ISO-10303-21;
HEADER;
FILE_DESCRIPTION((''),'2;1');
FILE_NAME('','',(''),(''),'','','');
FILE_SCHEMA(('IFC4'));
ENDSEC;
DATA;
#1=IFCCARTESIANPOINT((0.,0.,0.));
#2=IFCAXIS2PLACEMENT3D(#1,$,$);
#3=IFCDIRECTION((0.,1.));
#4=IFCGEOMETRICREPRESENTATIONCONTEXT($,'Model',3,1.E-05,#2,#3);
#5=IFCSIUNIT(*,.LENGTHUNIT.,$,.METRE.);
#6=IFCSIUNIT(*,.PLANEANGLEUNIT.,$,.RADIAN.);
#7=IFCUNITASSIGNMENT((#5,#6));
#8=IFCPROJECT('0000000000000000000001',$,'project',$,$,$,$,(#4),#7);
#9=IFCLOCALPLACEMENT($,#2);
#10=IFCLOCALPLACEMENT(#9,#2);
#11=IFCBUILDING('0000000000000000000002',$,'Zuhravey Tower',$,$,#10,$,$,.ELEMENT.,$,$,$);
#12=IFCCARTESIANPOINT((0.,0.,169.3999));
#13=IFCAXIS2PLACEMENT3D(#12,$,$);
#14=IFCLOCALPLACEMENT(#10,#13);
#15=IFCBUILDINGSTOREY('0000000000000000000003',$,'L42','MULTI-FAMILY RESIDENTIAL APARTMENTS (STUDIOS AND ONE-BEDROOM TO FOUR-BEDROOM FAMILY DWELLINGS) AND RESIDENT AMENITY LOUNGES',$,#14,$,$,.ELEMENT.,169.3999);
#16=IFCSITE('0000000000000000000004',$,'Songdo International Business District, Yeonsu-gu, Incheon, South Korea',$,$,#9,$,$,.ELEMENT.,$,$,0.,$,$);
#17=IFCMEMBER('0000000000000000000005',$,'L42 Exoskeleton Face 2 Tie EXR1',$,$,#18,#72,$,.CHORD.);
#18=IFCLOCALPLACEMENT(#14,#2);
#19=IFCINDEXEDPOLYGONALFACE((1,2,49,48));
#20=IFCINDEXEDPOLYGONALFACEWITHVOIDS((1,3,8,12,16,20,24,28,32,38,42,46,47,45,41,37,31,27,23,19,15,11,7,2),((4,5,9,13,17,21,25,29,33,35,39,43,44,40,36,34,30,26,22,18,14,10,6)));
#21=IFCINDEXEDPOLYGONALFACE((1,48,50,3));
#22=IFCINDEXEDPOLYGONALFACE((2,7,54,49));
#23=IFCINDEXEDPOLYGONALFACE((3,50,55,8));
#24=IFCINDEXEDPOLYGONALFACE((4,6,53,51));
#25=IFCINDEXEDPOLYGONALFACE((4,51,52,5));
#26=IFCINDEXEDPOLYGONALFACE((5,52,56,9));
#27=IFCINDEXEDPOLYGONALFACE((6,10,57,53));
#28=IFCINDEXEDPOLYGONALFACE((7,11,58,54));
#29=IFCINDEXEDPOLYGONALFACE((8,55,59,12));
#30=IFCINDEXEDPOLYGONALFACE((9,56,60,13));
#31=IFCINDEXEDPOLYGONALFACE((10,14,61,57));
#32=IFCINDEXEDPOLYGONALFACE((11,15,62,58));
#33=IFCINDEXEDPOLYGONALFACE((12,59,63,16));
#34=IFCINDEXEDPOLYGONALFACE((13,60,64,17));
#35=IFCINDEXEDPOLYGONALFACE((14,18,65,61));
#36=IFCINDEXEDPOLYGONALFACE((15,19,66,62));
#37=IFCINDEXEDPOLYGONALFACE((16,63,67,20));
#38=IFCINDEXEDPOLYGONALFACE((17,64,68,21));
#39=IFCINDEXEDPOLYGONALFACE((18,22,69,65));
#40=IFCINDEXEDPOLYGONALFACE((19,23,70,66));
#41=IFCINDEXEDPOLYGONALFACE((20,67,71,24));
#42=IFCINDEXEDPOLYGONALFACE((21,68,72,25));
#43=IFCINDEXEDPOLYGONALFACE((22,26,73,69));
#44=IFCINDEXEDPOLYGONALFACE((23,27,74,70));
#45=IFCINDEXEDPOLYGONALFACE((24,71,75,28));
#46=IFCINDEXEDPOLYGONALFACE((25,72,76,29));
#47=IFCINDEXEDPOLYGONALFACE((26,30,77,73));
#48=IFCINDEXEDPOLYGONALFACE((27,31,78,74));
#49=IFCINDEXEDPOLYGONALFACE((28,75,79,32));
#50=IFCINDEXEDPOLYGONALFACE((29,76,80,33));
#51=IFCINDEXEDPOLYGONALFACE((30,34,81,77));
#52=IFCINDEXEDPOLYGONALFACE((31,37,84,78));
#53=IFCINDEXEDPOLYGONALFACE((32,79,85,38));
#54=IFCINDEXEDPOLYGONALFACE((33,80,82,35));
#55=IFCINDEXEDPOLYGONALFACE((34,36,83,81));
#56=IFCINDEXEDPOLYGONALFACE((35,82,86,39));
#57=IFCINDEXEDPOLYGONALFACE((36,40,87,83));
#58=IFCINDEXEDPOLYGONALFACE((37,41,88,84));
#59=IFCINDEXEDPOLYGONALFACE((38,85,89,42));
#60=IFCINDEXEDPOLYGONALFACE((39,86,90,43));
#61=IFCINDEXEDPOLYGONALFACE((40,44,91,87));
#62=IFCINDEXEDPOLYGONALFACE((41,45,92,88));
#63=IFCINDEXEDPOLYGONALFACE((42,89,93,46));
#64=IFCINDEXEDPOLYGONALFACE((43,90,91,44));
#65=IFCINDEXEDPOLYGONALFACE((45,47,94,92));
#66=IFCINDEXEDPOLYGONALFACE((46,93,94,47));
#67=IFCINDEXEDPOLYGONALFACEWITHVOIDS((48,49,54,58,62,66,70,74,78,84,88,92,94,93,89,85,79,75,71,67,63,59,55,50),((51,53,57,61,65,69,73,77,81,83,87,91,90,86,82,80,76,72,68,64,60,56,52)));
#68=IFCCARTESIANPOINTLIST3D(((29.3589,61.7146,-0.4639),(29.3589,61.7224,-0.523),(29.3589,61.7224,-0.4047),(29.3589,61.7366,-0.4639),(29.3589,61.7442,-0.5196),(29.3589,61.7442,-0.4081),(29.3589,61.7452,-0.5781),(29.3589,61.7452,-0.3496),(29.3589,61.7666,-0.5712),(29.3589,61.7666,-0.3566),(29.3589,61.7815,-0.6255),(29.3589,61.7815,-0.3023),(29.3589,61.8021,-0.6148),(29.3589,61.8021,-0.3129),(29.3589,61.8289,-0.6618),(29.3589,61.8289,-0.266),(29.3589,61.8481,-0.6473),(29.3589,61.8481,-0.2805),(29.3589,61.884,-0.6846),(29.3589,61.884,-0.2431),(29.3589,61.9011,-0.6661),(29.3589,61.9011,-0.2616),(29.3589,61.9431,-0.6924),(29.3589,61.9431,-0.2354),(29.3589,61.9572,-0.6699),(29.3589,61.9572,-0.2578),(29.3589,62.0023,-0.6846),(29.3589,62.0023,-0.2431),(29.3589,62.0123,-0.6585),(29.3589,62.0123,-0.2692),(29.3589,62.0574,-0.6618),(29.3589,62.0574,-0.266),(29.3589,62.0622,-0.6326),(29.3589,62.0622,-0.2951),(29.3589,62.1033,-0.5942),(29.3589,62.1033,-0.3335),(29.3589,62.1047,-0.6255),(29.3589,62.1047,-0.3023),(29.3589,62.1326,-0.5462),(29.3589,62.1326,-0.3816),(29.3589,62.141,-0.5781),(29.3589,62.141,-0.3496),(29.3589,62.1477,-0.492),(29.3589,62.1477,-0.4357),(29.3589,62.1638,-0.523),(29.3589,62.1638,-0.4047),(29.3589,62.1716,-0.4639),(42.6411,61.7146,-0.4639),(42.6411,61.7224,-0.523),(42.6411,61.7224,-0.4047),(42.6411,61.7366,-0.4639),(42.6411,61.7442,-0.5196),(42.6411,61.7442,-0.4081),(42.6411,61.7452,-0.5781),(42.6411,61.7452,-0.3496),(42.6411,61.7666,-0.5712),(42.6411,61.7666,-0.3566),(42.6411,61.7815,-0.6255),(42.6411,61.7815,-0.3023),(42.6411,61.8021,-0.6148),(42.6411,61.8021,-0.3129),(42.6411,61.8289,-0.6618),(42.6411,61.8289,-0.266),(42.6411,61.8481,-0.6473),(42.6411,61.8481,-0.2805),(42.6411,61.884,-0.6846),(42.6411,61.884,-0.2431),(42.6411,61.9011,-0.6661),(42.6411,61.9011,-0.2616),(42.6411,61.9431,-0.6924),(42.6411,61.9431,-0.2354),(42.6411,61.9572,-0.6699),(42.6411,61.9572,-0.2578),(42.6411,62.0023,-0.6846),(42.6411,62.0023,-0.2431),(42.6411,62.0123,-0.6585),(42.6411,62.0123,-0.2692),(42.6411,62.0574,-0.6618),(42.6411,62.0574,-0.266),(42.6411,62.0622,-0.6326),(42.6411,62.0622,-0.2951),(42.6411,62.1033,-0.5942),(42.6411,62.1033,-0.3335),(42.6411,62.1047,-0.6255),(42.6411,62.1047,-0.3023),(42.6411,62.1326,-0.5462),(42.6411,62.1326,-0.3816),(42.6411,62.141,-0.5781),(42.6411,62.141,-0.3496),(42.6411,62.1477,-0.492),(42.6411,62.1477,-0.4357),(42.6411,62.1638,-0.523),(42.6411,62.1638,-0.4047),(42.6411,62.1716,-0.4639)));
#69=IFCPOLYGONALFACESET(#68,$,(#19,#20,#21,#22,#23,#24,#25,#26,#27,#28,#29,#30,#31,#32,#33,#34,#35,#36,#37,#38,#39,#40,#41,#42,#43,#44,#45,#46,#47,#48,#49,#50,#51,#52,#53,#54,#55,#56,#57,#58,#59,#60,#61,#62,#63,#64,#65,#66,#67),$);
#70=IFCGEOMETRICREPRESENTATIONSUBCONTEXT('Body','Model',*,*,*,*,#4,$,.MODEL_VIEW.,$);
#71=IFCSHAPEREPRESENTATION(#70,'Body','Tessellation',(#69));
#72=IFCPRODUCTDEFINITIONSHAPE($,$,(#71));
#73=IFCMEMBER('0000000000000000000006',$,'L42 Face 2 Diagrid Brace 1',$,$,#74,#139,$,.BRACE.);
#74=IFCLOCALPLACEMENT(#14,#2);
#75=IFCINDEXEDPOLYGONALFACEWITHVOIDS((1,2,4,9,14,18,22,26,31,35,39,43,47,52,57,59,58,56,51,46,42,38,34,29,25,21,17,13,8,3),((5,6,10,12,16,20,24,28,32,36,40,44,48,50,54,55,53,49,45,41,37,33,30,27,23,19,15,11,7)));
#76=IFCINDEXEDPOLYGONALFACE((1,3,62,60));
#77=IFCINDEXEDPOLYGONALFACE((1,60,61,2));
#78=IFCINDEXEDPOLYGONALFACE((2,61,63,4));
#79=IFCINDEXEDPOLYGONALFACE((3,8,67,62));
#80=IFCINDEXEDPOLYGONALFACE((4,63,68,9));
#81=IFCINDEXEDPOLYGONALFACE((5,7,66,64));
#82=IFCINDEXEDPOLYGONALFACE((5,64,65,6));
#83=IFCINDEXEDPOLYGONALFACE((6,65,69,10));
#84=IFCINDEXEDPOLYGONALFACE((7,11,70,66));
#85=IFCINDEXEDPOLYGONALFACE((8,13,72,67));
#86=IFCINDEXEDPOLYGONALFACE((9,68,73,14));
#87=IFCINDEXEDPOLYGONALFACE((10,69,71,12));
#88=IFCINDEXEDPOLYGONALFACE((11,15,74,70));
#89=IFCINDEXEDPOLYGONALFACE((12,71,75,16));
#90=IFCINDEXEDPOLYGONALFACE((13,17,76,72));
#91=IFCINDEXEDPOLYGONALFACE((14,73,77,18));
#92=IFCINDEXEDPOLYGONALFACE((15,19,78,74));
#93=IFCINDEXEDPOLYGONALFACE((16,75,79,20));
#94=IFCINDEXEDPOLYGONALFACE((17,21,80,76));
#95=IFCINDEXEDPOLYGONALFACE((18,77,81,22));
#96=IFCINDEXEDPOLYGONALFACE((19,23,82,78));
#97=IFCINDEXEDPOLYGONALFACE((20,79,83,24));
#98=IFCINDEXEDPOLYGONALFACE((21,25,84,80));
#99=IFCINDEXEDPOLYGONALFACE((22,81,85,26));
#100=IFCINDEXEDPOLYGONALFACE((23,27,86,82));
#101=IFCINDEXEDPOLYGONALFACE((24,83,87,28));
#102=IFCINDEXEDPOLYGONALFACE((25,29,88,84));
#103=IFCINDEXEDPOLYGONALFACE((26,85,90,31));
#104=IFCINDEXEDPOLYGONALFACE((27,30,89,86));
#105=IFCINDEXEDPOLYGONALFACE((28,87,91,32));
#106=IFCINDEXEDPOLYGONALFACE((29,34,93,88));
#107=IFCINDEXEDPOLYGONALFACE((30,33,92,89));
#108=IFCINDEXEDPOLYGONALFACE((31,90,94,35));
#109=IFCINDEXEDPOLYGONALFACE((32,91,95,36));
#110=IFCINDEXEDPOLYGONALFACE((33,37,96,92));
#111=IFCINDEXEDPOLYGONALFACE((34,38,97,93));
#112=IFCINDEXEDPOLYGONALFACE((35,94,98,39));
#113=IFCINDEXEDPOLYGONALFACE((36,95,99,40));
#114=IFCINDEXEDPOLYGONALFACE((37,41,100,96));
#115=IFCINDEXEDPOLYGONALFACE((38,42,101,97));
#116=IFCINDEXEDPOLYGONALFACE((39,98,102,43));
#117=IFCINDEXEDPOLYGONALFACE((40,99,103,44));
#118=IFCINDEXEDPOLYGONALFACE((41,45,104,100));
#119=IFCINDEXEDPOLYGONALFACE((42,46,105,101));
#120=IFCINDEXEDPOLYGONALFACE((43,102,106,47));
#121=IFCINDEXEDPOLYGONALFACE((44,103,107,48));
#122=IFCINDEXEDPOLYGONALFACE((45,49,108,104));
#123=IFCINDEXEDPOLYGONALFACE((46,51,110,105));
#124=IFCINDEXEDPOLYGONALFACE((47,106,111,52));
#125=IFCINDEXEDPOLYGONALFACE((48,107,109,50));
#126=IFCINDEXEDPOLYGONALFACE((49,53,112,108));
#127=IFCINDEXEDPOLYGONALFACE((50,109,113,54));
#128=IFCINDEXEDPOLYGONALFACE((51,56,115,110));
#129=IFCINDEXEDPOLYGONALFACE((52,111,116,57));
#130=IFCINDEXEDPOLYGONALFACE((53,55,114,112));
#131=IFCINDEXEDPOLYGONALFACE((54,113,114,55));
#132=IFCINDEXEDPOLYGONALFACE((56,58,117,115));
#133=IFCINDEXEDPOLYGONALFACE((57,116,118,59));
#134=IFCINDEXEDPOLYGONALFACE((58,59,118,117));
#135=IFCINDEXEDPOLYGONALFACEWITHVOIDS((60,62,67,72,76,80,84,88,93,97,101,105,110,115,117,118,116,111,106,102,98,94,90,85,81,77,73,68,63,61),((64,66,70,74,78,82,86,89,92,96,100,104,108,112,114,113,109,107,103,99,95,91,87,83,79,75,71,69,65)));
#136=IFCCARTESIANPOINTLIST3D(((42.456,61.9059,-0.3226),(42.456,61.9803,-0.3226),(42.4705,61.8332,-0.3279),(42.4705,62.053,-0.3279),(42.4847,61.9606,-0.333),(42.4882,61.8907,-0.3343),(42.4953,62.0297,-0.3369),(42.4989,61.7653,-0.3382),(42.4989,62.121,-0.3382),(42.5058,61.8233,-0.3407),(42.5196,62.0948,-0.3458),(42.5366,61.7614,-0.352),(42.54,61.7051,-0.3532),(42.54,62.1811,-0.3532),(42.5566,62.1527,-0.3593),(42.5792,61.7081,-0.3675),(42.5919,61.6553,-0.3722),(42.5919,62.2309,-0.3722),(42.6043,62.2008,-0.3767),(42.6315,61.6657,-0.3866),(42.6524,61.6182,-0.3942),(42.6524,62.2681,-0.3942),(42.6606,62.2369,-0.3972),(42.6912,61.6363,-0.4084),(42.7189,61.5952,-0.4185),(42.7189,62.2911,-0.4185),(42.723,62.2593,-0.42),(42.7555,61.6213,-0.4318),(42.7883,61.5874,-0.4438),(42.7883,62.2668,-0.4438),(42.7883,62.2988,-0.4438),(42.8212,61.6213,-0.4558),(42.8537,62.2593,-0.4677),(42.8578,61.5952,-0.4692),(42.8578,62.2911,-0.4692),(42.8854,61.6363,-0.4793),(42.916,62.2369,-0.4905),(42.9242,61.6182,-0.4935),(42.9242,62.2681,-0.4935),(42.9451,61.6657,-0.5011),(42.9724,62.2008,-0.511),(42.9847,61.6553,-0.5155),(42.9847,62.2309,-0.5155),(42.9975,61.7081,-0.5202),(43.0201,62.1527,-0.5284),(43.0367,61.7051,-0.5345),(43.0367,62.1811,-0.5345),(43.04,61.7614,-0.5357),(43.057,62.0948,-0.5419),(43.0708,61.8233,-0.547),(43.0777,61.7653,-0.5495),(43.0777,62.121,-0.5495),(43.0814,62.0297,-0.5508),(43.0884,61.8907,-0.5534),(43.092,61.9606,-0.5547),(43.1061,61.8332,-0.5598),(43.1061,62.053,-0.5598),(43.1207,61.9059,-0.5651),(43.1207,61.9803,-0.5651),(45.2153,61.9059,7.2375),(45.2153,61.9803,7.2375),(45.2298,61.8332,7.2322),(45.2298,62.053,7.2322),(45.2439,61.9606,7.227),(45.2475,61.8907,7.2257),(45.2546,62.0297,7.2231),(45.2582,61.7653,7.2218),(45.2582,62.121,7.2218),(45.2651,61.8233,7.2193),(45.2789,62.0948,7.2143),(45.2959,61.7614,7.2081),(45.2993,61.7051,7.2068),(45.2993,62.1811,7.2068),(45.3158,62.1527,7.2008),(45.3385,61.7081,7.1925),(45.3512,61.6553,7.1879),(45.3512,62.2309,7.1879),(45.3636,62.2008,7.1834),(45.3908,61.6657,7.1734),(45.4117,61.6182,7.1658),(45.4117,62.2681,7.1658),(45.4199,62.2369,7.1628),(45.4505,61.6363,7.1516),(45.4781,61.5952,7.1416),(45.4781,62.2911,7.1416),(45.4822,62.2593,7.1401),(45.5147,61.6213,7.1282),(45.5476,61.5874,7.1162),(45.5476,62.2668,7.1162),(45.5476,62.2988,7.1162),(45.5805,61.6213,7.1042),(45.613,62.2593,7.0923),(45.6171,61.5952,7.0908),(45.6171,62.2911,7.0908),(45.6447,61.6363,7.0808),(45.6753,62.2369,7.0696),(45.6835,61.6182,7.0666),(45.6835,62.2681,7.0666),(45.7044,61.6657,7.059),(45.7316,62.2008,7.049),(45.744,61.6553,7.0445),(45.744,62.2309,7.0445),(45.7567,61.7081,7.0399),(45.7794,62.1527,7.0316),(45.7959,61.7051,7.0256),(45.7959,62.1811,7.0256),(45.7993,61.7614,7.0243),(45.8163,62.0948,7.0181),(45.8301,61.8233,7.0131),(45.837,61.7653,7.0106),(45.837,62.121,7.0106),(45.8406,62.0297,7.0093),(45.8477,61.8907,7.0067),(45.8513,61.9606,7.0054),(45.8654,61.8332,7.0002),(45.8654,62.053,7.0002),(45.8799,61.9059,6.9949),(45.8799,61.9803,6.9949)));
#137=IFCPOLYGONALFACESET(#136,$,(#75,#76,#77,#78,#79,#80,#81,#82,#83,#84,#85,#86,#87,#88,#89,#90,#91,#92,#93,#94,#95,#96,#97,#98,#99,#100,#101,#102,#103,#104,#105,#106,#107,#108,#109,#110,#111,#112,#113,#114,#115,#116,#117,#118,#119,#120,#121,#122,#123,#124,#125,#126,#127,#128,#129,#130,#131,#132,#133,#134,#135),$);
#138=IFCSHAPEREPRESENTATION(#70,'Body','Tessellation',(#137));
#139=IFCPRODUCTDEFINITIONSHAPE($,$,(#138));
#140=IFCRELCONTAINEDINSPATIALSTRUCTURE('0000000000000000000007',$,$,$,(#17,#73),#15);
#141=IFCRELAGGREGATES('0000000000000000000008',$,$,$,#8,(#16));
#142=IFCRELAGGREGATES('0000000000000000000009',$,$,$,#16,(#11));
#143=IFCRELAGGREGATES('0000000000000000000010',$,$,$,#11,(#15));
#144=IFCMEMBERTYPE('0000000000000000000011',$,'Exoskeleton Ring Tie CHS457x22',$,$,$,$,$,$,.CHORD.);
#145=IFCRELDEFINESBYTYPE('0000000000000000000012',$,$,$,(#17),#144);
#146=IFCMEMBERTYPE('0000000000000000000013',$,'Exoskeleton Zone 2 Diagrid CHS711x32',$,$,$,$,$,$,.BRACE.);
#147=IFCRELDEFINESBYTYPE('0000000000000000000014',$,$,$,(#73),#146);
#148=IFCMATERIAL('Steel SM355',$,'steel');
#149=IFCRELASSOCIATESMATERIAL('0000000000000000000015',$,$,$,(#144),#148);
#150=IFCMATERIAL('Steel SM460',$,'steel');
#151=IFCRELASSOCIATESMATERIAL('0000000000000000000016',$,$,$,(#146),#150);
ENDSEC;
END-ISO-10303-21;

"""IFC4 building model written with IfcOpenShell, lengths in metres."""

from ifc_helpers import new_model, si_unit, direction, frame, origin, origin_2d, place, context, subcontext, project, spatial, hollow_circle, extrude, material, material_profile, profile_set, type_object, element, save


model = new_model("IFC4")

# Units and contexts
model_context = context("Model", 3, precision=1e-05, world=origin(), true_north=direction((0.0, 1.0)))
body_context = subcontext(model_context, "Body", "Model", "MODEL_VIEW")
ifc_project = project(units=[si_unit("LENGTHUNIT", "METRE"), si_unit("PLANEANGLEUNIT", "RADIAN")], contexts=[model_context])

# Site, building, storey
site_placement = place(None, origin())
site = spatial("IfcSite", under=ifc_project, at=site_placement, Name="Songdo International Business District, Yeonsu-gu, Incheon, South Korea", CompositionType="ELEMENT", RefElevation=0.0)
building_placement = place(site_placement, origin())
building = spatial("IfcBuilding", under=site, at=building_placement, Name="Zuhravey Tower", CompositionType="ELEMENT")
storey_placement = place(building_placement, frame((0.0, 0.0, 169.3999)))
storey = spatial("IfcBuildingStorey", under=building, at=storey_placement, Name="L42", Description="MULTI-FAMILY RESIDENTIAL APARTMENTS (STUDIOS AND ONE-BEDROOM TO FOUR-BEDROOM FAMILY DWELLINGS) AND RESIDENT AMENITY LOUNGES", CompositionType="ELEMENT", Elevation=169.3999)

# Members
ifc_material_1 = material(Name="Steel SM355", Category="steel")
ifc_material_profile_1 = material_profile(ifc_material_1, hollow_circle(Radius=0.2285, WallThickness=0.022, at=origin_2d()), Name="CHS-457.2x22")
ifc_profile_set_1 = profile_set([ifc_material_profile_1], Name="Steel SM355")
member_type_1 = type_object("IfcMemberType", Name="Exoskeleton Ring Tie CHS457x22", PredefinedType="CHORD", material=ifc_profile_set_1)
member_1_placement = place(storey_placement, frame((42.6411, 61.9431, -0.4639), z_axis=(-1.0, 0.0, 0.0), x_axis=(0.0, -1.0, 0.0)))
element("IfcMember", 1, at=member_1_placement, inside=storey, type_object=member_type_1, Name="L42 Exoskeleton Face 2 Tie EXR1", PredefinedType="CHORD", context=body_context, shape_type="SweptSolid", body=[
    extrude(hollow_circle(Radius=0.2285, WallThickness=0.022, at=origin_2d()), origin(), (0.0, 0.0, 1.0), 13.2822),
])
ifc_material_2 = material(Name="Steel SM460", Category="steel")
ifc_material_profile_2 = material_profile(ifc_material_2, hollow_circle(Radius=0.3557, WallThickness=0.032, at=origin_2d()), Name="CHS-711.2x32")
ifc_profile_set_2 = profile_set([ifc_material_profile_2], Name="Steel SM460")
member_type_2 = type_object("IfcMemberType", Name="Exoskeleton Zone 2 Diagrid CHS711x32", PredefinedType="BRACE", material=ifc_profile_set_2)
member_2_placement = place(storey_placement, frame((42.7883, 61.9431, -0.4438), z_axis=(0.342858, 0.0, 0.939387), x_axis=(0.0, 1.0, 0.0)))
element("IfcMember", 2, at=member_2_placement, inside=storey, type_object=member_type_2, Name="L42 Face 2 Diagrid Brace 1", PredefinedType="BRACE", context=body_context, shape_type="SweptSolid", body=[
    extrude(hollow_circle(Radius=0.3557, WallThickness=0.032, at=origin_2d()), origin(), (0.0, 0.0, 1.0), 8.0479),
])

save(model, "model.ifc")
